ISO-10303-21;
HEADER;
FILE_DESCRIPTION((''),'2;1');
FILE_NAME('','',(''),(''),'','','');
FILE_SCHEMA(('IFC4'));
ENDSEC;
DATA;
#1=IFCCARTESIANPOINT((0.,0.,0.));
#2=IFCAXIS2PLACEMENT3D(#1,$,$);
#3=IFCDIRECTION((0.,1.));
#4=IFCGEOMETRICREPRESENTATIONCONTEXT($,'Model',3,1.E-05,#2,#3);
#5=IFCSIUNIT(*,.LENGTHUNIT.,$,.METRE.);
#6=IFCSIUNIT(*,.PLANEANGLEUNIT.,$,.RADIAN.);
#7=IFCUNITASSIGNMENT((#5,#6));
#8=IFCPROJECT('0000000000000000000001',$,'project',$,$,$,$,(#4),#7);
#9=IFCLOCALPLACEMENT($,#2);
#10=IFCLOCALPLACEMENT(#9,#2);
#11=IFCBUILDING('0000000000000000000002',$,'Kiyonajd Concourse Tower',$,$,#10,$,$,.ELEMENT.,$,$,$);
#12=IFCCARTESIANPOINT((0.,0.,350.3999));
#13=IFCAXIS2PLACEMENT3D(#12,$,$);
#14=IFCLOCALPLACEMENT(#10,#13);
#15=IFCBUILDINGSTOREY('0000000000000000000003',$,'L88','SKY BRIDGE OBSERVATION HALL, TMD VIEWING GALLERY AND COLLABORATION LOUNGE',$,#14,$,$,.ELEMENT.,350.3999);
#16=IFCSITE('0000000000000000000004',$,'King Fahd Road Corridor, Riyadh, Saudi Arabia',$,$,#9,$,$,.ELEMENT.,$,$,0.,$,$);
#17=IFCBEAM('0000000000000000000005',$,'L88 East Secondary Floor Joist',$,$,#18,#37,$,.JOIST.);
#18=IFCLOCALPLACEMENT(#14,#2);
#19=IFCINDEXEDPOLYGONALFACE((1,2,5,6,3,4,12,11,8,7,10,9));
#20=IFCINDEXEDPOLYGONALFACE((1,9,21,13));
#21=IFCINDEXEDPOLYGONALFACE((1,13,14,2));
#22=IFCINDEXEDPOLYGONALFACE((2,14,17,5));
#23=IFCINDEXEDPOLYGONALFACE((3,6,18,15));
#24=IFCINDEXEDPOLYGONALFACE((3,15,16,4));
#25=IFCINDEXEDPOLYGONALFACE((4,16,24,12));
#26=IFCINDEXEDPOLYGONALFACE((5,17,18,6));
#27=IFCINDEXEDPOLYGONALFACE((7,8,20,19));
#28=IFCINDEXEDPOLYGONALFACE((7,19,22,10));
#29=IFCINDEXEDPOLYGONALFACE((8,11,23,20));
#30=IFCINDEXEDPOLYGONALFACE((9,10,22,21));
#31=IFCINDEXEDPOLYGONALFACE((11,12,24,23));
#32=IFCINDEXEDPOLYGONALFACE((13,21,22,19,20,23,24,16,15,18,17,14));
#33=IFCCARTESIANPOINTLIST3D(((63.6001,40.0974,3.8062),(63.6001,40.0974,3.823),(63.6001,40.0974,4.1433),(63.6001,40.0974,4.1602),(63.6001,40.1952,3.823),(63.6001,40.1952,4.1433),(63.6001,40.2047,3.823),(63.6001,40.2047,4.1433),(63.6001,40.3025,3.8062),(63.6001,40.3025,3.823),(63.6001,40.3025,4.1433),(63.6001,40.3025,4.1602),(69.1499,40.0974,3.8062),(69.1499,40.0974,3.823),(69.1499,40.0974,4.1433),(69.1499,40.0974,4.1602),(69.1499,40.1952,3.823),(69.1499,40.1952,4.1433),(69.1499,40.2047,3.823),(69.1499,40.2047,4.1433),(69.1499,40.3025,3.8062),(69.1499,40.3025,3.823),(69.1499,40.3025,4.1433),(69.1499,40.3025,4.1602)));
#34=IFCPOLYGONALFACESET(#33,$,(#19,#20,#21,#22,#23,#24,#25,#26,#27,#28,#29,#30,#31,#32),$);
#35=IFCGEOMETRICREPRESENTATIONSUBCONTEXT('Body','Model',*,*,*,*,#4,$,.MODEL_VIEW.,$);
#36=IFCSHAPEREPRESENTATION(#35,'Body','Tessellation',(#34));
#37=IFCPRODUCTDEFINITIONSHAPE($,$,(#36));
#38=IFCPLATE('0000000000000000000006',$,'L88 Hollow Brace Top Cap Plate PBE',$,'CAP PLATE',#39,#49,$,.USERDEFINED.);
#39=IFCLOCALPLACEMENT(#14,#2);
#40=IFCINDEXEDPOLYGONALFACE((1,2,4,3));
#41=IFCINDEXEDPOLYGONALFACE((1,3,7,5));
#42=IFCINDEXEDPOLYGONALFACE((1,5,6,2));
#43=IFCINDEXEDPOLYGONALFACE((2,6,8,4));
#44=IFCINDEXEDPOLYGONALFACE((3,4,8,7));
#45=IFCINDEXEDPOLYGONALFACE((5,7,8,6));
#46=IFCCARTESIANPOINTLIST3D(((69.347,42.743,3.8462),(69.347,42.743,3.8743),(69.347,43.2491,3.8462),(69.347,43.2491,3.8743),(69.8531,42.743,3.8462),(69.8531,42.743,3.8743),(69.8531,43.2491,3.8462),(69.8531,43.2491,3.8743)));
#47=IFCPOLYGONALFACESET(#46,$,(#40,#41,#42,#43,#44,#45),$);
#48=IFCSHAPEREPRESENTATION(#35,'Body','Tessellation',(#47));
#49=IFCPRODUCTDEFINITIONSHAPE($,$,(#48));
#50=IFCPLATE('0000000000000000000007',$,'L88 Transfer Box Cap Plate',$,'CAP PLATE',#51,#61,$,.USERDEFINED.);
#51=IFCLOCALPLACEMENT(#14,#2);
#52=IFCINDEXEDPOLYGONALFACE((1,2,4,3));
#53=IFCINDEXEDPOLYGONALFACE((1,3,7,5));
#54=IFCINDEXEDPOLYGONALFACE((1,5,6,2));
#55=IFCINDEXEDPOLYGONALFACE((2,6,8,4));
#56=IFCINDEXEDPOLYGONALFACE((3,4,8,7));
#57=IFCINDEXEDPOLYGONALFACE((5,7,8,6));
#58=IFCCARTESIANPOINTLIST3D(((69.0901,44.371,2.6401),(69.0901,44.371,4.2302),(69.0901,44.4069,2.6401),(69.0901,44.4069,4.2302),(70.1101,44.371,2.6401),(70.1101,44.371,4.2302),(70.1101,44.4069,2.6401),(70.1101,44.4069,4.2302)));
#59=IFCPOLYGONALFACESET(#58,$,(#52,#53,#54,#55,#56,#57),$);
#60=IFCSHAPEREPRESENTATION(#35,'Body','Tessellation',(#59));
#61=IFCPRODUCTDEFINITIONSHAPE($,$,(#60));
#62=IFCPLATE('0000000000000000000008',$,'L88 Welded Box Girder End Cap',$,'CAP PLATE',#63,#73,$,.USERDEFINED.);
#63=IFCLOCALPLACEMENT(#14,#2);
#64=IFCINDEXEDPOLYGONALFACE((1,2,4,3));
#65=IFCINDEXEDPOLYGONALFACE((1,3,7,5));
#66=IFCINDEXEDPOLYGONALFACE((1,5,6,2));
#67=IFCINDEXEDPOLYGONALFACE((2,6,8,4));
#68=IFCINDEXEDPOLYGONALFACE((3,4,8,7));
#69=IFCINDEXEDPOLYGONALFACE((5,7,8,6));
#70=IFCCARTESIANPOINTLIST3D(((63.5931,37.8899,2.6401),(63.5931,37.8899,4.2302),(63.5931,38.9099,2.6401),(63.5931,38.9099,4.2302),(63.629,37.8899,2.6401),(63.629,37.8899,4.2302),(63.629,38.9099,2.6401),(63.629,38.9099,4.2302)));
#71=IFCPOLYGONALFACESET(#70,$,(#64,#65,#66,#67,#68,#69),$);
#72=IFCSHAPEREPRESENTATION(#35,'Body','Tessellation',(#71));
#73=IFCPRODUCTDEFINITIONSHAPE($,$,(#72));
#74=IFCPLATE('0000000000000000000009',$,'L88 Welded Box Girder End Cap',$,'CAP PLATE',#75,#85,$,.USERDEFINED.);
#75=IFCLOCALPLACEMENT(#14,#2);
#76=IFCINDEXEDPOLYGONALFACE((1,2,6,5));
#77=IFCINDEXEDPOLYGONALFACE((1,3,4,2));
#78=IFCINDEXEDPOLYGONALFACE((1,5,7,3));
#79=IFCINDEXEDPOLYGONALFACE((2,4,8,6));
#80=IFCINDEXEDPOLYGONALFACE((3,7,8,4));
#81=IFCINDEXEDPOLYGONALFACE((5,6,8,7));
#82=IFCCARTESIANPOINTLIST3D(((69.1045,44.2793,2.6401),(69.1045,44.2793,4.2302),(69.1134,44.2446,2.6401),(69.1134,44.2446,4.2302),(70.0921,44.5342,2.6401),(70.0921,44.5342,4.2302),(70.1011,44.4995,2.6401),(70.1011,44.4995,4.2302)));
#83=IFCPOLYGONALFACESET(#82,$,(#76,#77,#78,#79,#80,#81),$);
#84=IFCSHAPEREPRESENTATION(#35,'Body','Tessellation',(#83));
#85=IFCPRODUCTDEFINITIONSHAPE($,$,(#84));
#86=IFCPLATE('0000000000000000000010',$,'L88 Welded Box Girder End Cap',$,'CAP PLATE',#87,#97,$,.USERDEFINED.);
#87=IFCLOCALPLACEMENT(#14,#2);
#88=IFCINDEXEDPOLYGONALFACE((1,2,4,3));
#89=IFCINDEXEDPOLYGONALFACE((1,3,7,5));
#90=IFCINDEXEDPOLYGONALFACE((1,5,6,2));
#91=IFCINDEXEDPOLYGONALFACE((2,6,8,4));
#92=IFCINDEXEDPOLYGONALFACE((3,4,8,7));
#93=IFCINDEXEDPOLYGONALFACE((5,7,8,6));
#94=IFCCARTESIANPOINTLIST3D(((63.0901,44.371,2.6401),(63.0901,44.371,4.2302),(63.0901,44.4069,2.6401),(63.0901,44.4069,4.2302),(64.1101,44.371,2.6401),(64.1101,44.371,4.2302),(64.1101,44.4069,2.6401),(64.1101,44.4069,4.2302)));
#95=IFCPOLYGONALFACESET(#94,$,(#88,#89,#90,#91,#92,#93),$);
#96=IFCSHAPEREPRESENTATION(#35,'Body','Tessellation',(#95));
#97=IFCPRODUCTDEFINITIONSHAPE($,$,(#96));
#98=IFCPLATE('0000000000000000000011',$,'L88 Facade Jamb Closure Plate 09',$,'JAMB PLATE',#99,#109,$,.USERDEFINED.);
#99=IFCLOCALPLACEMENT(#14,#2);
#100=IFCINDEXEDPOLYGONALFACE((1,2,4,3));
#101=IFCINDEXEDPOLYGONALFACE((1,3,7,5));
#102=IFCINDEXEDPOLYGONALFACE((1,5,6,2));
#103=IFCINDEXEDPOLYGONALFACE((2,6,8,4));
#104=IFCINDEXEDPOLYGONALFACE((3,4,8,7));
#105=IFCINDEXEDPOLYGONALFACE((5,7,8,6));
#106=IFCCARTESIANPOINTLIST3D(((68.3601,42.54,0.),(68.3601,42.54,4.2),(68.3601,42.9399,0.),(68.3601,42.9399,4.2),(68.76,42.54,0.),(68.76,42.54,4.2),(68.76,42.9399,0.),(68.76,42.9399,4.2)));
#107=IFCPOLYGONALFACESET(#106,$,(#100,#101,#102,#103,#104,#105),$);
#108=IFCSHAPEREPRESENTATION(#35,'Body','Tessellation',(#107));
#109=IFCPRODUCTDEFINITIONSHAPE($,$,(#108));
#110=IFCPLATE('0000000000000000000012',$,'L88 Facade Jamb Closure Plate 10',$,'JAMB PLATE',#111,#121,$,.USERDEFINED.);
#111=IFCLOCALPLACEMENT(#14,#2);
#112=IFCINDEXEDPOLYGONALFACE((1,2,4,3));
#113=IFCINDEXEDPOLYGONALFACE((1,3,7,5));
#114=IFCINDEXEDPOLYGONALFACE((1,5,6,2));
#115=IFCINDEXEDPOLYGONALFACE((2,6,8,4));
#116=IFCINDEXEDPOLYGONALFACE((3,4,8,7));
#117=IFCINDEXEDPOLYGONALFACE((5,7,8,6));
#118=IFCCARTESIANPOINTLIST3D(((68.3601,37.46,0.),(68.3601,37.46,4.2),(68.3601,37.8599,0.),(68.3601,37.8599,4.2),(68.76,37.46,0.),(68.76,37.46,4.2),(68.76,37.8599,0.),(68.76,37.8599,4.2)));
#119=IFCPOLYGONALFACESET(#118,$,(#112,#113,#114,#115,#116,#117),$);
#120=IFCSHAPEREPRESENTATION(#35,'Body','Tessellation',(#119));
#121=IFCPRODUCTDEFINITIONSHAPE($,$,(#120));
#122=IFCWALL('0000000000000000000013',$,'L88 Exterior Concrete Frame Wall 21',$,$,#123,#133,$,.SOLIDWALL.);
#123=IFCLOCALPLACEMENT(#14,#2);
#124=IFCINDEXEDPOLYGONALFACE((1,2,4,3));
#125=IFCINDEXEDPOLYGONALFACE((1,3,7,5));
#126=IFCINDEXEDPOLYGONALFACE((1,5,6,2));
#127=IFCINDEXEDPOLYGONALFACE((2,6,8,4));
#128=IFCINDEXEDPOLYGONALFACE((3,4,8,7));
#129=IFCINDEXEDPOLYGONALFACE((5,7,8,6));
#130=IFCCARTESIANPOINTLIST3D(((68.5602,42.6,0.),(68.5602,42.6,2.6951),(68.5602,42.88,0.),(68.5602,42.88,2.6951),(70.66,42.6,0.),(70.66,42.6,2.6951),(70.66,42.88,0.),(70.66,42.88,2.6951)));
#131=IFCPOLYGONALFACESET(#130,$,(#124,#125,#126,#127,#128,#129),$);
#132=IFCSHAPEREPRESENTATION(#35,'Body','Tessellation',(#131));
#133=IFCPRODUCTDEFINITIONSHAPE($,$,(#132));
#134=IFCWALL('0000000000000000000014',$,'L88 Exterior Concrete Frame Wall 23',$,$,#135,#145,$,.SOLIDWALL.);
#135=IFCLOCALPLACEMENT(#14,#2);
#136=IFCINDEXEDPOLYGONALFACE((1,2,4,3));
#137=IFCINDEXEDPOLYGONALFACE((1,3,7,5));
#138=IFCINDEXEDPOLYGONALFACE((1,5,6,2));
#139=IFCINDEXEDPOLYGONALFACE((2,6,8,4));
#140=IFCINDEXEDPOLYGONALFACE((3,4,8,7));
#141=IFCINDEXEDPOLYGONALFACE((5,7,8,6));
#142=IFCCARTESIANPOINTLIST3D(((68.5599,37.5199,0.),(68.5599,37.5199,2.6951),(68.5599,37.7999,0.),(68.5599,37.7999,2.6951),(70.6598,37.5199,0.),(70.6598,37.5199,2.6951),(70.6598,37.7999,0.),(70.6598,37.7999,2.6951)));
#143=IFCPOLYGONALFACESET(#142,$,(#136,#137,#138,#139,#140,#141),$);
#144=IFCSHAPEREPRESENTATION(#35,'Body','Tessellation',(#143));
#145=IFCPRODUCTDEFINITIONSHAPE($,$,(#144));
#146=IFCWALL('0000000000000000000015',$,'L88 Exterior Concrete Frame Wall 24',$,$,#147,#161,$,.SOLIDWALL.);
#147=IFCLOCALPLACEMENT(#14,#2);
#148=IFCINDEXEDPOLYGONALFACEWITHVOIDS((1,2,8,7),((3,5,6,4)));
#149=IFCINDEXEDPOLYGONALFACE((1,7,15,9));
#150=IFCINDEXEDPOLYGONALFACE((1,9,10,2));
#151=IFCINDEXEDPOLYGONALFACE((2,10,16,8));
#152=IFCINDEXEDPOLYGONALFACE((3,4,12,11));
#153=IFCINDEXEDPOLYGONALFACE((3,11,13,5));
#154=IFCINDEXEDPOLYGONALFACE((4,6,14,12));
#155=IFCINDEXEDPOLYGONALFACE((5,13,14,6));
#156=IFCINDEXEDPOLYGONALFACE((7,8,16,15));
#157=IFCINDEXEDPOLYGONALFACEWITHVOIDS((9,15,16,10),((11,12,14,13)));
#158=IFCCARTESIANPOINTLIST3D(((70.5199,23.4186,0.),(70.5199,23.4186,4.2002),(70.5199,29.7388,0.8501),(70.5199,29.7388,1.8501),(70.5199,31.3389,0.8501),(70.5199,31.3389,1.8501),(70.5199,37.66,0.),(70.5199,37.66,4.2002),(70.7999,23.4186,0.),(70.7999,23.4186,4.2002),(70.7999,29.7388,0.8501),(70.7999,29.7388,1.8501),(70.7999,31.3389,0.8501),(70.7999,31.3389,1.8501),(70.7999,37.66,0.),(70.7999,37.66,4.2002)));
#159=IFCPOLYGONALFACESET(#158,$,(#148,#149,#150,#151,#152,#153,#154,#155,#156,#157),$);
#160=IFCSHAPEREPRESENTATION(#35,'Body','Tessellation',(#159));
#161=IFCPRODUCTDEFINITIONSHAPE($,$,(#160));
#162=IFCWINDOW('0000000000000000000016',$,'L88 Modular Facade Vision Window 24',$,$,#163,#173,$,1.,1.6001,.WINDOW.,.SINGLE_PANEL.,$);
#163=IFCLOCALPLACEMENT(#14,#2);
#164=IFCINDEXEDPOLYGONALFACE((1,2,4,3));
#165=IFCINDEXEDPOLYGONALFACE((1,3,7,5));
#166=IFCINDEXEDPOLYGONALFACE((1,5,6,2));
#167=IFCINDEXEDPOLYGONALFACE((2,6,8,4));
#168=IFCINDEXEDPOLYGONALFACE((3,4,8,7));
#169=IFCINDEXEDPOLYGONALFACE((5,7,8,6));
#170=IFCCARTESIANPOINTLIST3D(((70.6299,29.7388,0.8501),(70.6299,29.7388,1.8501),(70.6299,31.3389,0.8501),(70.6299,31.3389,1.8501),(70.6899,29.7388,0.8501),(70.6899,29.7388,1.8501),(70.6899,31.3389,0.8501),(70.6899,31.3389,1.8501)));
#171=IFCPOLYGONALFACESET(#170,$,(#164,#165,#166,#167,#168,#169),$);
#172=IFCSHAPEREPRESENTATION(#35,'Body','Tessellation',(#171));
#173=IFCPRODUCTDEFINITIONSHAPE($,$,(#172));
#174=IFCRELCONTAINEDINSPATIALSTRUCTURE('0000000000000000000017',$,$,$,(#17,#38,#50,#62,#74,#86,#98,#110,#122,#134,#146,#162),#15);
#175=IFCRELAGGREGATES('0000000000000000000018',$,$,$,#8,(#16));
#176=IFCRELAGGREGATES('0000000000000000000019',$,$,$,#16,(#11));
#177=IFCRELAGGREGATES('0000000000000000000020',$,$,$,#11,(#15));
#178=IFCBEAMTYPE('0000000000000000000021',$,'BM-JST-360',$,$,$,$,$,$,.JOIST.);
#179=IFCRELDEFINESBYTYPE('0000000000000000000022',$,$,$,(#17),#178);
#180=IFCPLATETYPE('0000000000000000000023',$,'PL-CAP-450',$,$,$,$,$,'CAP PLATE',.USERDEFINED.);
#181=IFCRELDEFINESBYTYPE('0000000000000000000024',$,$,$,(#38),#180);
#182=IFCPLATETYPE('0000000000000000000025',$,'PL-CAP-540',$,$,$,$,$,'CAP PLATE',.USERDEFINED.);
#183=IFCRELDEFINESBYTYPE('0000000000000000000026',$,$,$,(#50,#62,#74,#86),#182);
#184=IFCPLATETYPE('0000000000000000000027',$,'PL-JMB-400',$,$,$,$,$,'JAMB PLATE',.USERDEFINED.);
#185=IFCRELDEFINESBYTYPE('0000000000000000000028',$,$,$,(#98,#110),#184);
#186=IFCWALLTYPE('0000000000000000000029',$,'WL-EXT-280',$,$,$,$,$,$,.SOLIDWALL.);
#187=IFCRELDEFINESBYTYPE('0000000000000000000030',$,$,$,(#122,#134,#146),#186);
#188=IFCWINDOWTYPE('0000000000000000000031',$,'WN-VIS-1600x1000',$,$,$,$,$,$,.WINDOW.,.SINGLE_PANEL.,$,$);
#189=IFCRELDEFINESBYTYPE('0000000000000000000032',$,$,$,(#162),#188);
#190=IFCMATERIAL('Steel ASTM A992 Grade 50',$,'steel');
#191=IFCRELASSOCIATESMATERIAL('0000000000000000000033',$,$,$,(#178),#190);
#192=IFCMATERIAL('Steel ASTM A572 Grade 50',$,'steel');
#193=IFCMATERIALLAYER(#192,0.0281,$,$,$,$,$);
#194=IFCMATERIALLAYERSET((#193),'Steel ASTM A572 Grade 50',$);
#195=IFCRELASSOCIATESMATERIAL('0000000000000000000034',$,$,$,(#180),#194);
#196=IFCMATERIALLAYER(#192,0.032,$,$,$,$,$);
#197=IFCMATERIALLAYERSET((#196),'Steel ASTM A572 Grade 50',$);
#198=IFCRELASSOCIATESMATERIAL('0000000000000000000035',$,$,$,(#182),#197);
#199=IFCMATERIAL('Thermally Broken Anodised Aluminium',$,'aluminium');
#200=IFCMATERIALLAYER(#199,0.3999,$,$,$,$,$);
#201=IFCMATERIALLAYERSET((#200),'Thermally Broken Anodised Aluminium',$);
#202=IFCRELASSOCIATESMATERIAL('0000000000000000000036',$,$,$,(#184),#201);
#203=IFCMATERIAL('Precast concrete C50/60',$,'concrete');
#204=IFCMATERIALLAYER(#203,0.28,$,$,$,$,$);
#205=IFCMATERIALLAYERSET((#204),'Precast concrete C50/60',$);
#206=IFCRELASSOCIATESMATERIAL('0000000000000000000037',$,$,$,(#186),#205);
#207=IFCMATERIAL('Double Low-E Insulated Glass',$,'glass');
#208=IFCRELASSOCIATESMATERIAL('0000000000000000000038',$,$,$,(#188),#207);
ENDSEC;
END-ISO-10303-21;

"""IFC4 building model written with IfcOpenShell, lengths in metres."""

from ifc_helpers import new_model, si_unit, direction, frame, frame_2d, origin, origin_2d, place, context, subcontext, project, spatial, rectangle, i_section, extrude, material, layer, layer_set, material_profile, profile_set, type_object, element, fill, save


model = new_model("IFC4")

# Units and contexts
model_context = context("Model", 3, precision=1e-05, world=origin(), true_north=direction((0.0, 1.0)))
body_context = subcontext(model_context, "Body", "Model", "MODEL_VIEW")
ifc_project = project(units=[si_unit("LENGTHUNIT", "METRE"), si_unit("PLANEANGLEUNIT", "RADIAN")], contexts=[model_context])

# Site, building, storey
site_placement = place(None, origin())
site = spatial("IfcSite", under=ifc_project, at=site_placement, Name="King Fahd Road Corridor, Riyadh, Saudi Arabia", CompositionType="ELEMENT", RefElevation=0.0)
building_placement = place(site_placement, origin())
building = spatial("IfcBuilding", under=site, at=building_placement, Name="Kiyonajd Concourse Tower", CompositionType="ELEMENT")
storey_placement = place(building_placement, frame((0.0, 0.0, 350.3999)))
storey = spatial("IfcBuildingStorey", under=building, at=storey_placement, Name="L88", Description="SKY BRIDGE OBSERVATION HALL, TMD VIEWING GALLERY AND COLLABORATION LOUNGE", CompositionType="ELEMENT", Elevation=350.3999)

# Beam
ifc_material_1 = material(Name="Steel ASTM A992 Grade 50", Category="steel")
ifc_material_profile = material_profile(ifc_material_1, i_section(OverallWidth=0.2051, OverallDepth=0.354, WebThickness=0.0095, FlangeThickness=0.0168, at=origin_2d()), Name="W360X79")
ifc_profile_set = profile_set([ifc_material_profile], Name="Steel ASTM A992 Grade 50")
beam_type = type_object("IfcBeamType", Name="BM-JST-360", PredefinedType="JOIST", material=ifc_profile_set)
beam_placement = place(storey_placement, frame((63.6001, 40.2, 3.9832), z_axis=(1.0, 0.0, 0.0), x_axis=(0.0, 1.0, 0.0)))
element("IfcBeam", 1, at=beam_placement, inside=storey, type_object=beam_type, Name="L88 East Secondary Floor Joist", PredefinedType="JOIST", context=body_context, shape_type="SweptSolid", body=[
    extrude(i_section(OverallWidth=0.2051, OverallDepth=0.354, WebThickness=0.0095, FlangeThickness=0.0168, at=origin_2d()), origin(), (0.0, 0.0, 1.0), 5.5498),
])

# Plates
ifc_material_2 = material(Name="Steel ASTM A572 Grade 50", Category="steel")
ifc_layer_1 = layer(ifc_material_2, 0.0281)
ifc_layer_set_1 = layer_set([ifc_layer_1], Name="Steel ASTM A572 Grade 50")
plate_type_1 = type_object("IfcPlateType", Name="PL-CAP-450", ElementType="CAP PLATE", PredefinedType="USERDEFINED", material=ifc_layer_set_1)
plate_placement = place(storey_placement, frame((69.6001, 42.9961, 3.8462), z_axis=(0.0, 0.0, 1.0), x_axis=(1.0, 0.0, 0.0)))
element("IfcPlate", 2, at=plate_placement, inside=storey, type_object=plate_type_1, Name="L88 Hollow Brace Top Cap Plate PBE", ObjectType="CAP PLATE", PredefinedType="USERDEFINED", context=body_context, shape_type="SweptSolid", body=[
    extrude(rectangle(XDim=0.5061, YDim=0.5061, at=origin_2d()), origin(), (0.0, 0.0, 1.0), 0.0281),
])
ifc_layer_2 = layer(ifc_material_2, 0.032)
ifc_layer_set_2 = layer_set([ifc_layer_2], Name="Steel ASTM A572 Grade 50")
plate_type_2 = type_object("IfcPlateType", Name="PL-CAP-540", ElementType="CAP PLATE", PredefinedType="USERDEFINED", material=ifc_layer_set_2)
for number, where, z_axis, x_axis, name in (
    (3, (69.6001, 44.3889, 2.6401), (0.0, 0.0, 1.0), (0.0, -1.0, 0.0), "L88 Transfer Box Cap Plate"),
    (4, (63.6111, 38.3999, 2.6401), (0.0, 0.0, 1.0), (1.0, 0.0, 0.0), "L88 Welded Box Girder End Cap"),
    (5, (69.6028, 44.3894, 2.6401), (0.0, 0.0, 1.0), (0.249873, -0.968279, 0.0), "L88 Welded Box Girder End Cap"),
    (6, (63.6001, 44.3889, 2.6401), (0.0, 0.0, 1.0), (0.0, -1.0, 0.0), "L88 Welded Box Girder End Cap"),
):
    element("IfcPlate", number, at=place(storey_placement, frame(where, z_axis=z_axis, x_axis=x_axis)), inside=storey, type_object=plate_type_2, Name=name, ObjectType="CAP PLATE", PredefinedType="USERDEFINED", context=body_context, shape_type="SweptSolid", body=[
        extrude(rectangle(XDim=0.0359, YDim=1.02, at=origin_2d()), origin(), (0.0, 0.0, 1.0), 1.5901),
    ])
ifc_material_3 = material(Name="Thermally Broken Anodised Aluminium", Category="aluminium")
ifc_layer_3 = layer(ifc_material_3, 0.3999)
ifc_layer_set_3 = layer_set([ifc_layer_3], Name="Thermally Broken Anodised Aluminium")
plate_type_3 = type_object("IfcPlateType", Name="PL-JMB-400", ElementType="JAMB PLATE", PredefinedType="USERDEFINED", material=ifc_layer_set_3)
for number, where, z_axis, x_axis, name in (
    (7, (68.5601, 42.74, 0.0), (0.0, 0.0, 1.0), (1.0, 0.0, 0.0), "L88 Facade Jamb Closure Plate 09"),
    (8, (68.5601, 37.6599, 0.0), (0.0, 0.0, 1.0), (1.0, 0.0, 0.0), "L88 Facade Jamb Closure Plate 10"),
):
    element("IfcPlate", number, at=place(storey_placement, frame(where, z_axis=z_axis, x_axis=x_axis)), inside=storey, type_object=plate_type_3, Name=name, ObjectType="JAMB PLATE", PredefinedType="USERDEFINED", context=body_context, shape_type="SweptSolid", body=[
        extrude(rectangle(XDim=0.3999, YDim=0.3999, at=origin_2d()), origin(), (0.0, 0.0, 1.0), 4.2),
    ])

# Walls
ifc_material_4 = material(Name="Precast concrete C50/60", Category="concrete")
ifc_layer_4 = layer(ifc_material_4, 0.28)
ifc_layer_set_4 = layer_set([ifc_layer_4], Name="Precast concrete C50/60")
wall_type_1 = type_object("IfcWallType", Name="WL-EXT-280", PredefinedType="SOLIDWALL", material=ifc_layer_set_4)
for number, where, z_axis, x_axis, name in (
    (9, (70.6599, 42.74, 0.0), (0.0, 0.0, 1.0), (-1.0, 0.0, 0.0), "L88 Exterior Concrete Frame Wall 21"),
    (10, (68.5601, 37.6599, 0.0), (0.0, 0.0, 1.0), (1.0, 0.0, 0.0), "L88 Exterior Concrete Frame Wall 23"),
):
    element("IfcWall", number, at=place(storey_placement, frame(where, z_axis=z_axis, x_axis=x_axis)), inside=storey, type_object=wall_type_1, Name=name, PredefinedType="SOLIDWALL", context=body_context, shape_type="SweptSolid", body=[
        extrude(rectangle(XDim=2.0999, YDim=0.28, at=frame_2d((1.0498, 0.0))), origin(), (0.0, 0.0, 1.0), 2.6951),
    ])

# Wall, opening, window
wall_1_placement = place(storey_placement, frame((70.6599, 37.6599, 0.0), z_axis=(0.0, 0.0, 1.0), x_axis=(0.0, -1.0, 0.0)))
wall_1 = element("IfcWall", 11, at=wall_1_placement, inside=storey, type_object=wall_type_1, Name="L88 Exterior Concrete Frame Wall 24", PredefinedType="SOLIDWALL", context=body_context, shape_type="SweptSolid", body=[
    extrude(rectangle(XDim=14.2415, YDim=0.28, at=frame_2d((7.1206, 0.0))), origin(), (0.0, 0.0, 1.0), 4.2002),
])
opening_1_placement = place(wall_1_placement, frame((6.321, 0.0, 0.8501)))
opening_1 = element("IfcOpeningElement", 12, at=opening_1_placement, cuts=wall_1, PredefinedType="OPENING", context=body_context, shape_type="SweptSolid", body=[
    extrude(rectangle(XDim=1.6001, YDim=1.0, at=frame_2d((0.8, 0.5))), frame((0.0, 0.1499, 0.0), z_axis=(0.0, -1.0, 0.0), x_axis=(1.0, 0.0, 0.0)), (0.0, 0.0, 1.0), 0.3),
])
ifc_material_5 = material(Name="Double Low-E Insulated Glass", Category="glass")
window_type = type_object("IfcWindowType", Name="WN-VIS-1600x1000", PartitioningType="SINGLE_PANEL", PredefinedType="WINDOW", material=ifc_material_5)
window_placement = place(opening_1_placement, origin())
window = element("IfcWindow", 13, at=window_placement, inside=storey, type_object=window_type, Name="L88 Modular Facade Vision Window 24", OverallHeight=1.0, OverallWidth=1.6001, PartitioningType="SINGLE_PANEL", PredefinedType="WINDOW", context=body_context, shape_type="SweptSolid", body=[
    extrude(rectangle(XDim=1.6001, YDim=1.0, at=frame_2d((0.8, 0.5))), frame((0.0, 0.03, 0.0), z_axis=(0.0, -1.0, 0.0), x_axis=(1.0, 0.0, 0.0)), (0.0, 0.0, 1.0), 0.0601),
])
fill(opening_1, window)

save(model, "model.ifc")
